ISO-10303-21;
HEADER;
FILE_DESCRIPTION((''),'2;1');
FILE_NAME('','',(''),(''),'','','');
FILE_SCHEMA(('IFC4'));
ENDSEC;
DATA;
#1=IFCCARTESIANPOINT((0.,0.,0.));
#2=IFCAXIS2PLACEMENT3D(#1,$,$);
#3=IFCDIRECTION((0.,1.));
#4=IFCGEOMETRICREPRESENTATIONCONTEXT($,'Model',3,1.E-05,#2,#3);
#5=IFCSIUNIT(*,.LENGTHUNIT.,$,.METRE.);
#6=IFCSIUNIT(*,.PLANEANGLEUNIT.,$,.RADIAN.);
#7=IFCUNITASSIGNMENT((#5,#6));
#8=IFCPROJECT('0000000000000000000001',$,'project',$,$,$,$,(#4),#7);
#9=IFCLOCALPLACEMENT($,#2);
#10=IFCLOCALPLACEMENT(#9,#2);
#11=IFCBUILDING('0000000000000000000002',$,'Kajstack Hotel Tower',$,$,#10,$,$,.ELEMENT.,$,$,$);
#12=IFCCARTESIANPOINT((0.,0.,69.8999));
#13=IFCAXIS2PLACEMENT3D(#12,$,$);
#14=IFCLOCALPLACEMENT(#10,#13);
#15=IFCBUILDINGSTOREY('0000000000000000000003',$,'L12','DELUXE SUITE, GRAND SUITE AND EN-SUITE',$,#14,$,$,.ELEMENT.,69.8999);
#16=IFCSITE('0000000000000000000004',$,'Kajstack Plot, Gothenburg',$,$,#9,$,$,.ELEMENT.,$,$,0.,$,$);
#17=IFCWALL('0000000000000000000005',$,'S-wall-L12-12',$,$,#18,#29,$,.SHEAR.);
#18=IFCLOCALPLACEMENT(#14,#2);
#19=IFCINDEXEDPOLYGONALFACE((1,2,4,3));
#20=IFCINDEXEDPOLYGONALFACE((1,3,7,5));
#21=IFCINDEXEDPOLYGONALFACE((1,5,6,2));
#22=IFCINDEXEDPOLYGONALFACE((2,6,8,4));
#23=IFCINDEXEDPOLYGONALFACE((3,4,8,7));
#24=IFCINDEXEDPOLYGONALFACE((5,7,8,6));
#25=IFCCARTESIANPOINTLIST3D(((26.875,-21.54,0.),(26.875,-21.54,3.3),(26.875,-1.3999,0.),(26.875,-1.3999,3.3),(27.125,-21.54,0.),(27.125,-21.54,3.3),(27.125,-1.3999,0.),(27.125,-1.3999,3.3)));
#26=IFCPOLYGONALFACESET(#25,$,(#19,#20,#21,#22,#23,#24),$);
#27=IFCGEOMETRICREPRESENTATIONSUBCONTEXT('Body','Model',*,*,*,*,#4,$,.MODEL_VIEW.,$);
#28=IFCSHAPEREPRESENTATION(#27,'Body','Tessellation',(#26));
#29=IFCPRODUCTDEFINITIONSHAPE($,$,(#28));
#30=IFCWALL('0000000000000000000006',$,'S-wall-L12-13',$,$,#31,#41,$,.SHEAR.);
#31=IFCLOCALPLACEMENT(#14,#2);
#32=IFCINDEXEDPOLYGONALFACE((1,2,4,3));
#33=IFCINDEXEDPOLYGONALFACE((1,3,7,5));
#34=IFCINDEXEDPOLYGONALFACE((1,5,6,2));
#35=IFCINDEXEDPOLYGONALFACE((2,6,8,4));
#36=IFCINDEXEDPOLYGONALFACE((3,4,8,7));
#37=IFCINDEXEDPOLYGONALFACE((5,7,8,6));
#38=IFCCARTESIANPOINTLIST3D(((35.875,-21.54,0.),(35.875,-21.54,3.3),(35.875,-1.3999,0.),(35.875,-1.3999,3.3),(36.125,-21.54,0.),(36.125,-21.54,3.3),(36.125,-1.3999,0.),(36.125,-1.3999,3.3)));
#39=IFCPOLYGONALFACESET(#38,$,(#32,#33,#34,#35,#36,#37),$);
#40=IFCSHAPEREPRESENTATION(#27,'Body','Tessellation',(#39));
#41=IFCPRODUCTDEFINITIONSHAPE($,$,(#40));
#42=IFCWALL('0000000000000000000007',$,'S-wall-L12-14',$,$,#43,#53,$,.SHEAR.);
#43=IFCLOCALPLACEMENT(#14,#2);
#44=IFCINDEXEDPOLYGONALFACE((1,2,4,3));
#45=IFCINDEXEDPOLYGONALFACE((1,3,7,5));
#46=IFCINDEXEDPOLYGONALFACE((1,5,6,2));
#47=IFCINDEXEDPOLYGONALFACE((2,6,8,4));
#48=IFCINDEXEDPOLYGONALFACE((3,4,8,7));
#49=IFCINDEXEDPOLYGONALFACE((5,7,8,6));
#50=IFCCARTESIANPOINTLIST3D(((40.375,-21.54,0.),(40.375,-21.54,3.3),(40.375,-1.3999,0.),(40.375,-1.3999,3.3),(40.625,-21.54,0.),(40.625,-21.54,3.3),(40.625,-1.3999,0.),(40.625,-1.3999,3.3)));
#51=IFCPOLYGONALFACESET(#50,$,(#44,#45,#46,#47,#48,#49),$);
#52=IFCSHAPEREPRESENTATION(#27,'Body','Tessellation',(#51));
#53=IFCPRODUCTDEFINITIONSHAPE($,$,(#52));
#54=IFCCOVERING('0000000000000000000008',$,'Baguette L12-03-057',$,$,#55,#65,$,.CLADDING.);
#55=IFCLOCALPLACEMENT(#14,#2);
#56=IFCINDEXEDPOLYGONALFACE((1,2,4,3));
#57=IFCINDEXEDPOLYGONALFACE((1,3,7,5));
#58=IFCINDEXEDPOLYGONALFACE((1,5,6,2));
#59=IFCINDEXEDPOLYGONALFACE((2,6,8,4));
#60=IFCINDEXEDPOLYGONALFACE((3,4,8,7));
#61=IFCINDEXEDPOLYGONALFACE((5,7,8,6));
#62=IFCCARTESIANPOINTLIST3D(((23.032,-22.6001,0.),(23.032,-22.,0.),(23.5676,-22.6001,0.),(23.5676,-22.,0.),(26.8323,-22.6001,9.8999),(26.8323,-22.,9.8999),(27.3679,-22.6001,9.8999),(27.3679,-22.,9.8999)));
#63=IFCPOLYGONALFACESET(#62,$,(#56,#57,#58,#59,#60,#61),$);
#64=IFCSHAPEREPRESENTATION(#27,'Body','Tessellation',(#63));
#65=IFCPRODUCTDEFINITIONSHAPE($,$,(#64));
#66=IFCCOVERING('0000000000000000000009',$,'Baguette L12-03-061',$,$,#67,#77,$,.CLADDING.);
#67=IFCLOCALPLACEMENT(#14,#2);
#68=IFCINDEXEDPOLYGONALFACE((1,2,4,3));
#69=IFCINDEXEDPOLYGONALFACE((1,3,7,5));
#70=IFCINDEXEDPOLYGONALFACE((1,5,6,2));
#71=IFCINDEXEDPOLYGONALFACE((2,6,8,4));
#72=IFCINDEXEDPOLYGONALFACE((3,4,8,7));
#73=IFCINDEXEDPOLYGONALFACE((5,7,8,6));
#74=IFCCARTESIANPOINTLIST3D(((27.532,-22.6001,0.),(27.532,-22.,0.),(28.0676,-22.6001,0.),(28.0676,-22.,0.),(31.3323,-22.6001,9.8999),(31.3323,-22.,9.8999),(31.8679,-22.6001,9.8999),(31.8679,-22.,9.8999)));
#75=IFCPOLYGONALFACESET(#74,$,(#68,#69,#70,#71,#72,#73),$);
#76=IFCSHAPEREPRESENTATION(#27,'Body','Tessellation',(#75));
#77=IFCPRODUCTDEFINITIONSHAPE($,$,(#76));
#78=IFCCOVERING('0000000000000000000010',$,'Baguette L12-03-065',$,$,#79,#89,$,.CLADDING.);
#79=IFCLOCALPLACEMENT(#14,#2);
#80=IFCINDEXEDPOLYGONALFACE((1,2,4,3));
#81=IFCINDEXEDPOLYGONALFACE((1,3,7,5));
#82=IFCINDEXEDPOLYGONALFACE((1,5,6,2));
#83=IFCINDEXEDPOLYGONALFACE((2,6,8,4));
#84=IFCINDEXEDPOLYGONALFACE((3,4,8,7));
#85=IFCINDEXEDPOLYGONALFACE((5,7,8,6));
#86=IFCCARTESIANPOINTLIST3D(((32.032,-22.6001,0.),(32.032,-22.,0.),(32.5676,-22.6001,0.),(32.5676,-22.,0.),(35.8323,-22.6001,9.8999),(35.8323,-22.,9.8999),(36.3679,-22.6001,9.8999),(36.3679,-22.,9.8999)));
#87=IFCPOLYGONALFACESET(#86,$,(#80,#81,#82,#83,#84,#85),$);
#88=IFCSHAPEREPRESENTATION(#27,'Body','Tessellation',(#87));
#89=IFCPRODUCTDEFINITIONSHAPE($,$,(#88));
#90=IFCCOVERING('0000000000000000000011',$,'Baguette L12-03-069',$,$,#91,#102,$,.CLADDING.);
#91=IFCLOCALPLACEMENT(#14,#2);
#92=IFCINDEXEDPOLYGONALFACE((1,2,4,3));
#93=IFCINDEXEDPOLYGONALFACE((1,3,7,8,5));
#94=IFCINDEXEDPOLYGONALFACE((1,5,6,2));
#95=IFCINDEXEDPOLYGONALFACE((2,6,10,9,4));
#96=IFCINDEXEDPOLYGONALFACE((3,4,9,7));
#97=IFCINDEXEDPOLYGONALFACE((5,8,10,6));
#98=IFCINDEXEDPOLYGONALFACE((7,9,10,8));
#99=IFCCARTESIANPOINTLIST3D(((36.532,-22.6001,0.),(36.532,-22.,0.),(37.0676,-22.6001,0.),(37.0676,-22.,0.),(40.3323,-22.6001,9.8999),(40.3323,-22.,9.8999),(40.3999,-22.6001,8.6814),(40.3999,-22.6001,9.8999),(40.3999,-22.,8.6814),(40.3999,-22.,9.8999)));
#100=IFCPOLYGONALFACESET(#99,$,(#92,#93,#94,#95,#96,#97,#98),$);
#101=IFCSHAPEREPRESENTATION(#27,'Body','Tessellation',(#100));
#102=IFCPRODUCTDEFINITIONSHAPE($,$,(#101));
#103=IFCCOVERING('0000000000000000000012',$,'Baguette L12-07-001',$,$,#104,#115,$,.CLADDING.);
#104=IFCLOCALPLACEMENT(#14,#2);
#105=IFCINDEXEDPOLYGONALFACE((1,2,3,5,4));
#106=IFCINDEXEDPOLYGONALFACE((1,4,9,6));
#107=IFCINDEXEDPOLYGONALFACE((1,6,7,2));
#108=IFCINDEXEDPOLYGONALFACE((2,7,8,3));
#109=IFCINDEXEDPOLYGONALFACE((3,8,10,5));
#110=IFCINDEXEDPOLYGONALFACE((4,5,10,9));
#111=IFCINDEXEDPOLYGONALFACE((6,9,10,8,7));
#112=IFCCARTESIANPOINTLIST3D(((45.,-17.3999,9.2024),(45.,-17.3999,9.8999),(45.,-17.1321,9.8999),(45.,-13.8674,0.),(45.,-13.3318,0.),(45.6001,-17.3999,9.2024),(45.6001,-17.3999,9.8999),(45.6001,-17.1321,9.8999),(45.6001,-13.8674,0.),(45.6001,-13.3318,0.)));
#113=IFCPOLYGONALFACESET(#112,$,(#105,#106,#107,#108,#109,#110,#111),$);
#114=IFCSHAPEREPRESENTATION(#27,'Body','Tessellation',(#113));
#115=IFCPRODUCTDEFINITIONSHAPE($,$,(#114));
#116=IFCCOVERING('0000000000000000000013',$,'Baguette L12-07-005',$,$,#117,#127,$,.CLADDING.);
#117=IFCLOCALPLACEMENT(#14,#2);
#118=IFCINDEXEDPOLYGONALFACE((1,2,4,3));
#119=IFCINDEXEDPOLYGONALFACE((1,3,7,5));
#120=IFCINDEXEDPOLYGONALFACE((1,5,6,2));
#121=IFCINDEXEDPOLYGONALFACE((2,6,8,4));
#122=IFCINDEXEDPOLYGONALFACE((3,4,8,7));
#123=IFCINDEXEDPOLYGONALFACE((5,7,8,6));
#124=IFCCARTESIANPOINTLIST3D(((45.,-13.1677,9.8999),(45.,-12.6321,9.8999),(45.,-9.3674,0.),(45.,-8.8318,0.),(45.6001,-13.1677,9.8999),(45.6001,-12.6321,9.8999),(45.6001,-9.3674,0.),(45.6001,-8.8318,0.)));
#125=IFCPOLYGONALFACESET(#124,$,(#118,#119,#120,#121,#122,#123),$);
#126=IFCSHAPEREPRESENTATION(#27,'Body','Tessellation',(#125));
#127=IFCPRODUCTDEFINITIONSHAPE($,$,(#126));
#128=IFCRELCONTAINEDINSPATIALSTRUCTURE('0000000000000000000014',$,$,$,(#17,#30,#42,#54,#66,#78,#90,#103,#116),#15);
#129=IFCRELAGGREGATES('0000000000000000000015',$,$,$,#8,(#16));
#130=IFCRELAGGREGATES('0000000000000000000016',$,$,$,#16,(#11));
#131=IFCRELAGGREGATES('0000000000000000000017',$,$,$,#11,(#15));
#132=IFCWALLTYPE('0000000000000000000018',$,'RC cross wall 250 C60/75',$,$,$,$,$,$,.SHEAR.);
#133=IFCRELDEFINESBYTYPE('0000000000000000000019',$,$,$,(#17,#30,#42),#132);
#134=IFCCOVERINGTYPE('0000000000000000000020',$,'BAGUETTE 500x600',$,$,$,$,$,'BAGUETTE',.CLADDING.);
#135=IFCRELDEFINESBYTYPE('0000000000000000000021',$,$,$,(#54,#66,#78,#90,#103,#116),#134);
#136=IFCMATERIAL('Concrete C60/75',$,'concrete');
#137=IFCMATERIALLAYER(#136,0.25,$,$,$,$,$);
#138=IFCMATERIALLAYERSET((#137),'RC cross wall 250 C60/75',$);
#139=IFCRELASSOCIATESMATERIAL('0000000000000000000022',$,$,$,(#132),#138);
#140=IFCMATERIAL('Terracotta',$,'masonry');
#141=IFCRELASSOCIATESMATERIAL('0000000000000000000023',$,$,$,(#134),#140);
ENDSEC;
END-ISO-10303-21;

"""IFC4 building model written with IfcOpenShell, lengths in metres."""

from ifc_helpers import new_model, si_unit, direction, frame, frame_2d, origin, origin_2d, place, context, subcontext, project, spatial, polyline, rectangle, outline, extrude, material, layer, layer_set, material_profile, profile_set, type_object, element, save


model = new_model("IFC4")

# Units and contexts
model_context = context("Model", 3, precision=1e-05, world=origin(), true_north=direction((0.0, 1.0)))
body_context = subcontext(model_context, "Body", "Model", "MODEL_VIEW")
ifc_project = project(units=[si_unit("LENGTHUNIT", "METRE"), si_unit("PLANEANGLEUNIT", "RADIAN")], contexts=[model_context])

# Site, building, storey
site_placement = place(None, origin())
site = spatial("IfcSite", under=ifc_project, at=site_placement, Name="Kajstack Plot, Gothenburg", CompositionType="ELEMENT", RefElevation=0.0)
building_placement = place(site_placement, origin())
building = spatial("IfcBuilding", under=site, at=building_placement, Name="Kajstack Hotel Tower", CompositionType="ELEMENT")
storey_placement = place(building_placement, frame((0.0, 0.0, 69.8999)))
storey = spatial("IfcBuildingStorey", under=building, at=storey_placement, Name="L12", Description="DELUXE SUITE, GRAND SUITE AND EN-SUITE", CompositionType="ELEMENT", Elevation=69.8999)

# Walls
ifc_material_1 = material(Name="Concrete C60/75", Category="concrete")
ifc_layer_1 = layer(ifc_material_1, 0.25)
ifc_layer_set_1 = layer_set([ifc_layer_1], Name="RC cross wall 250 C60/75")
wall_type_1 = type_object("IfcWallType", Name="RC cross wall 250 C60/75", PredefinedType="SHEAR", material=ifc_layer_set_1)
for number, where, z_axis, x_axis, name in (
    (1, (27.0, -21.54, 0.0), (0.0, 0.0, 1.0), (0.0, 1.0, 0.0), "S-wall-L12-12"),
    (2, (36.0, -21.54, 0.0), (0.0, 0.0, 1.0), (0.0, 1.0, 0.0), "S-wall-L12-13"),
    (3, (40.5, -21.54, 0.0), (0.0, 0.0, 1.0), (0.0, 1.0, 0.0), "S-wall-L12-14"),
):
    element("IfcWall", number, at=place(storey_placement, frame(where, z_axis=z_axis, x_axis=x_axis)), inside=storey, type_object=wall_type_1, Name=name, PredefinedType="SHEAR", context=body_context, shape_type="SweptSolid", body=[
        extrude(rectangle(XDim=20.1401, YDim=0.25, at=frame_2d((10.0701, 0.0))), origin(), (0.0, 0.0, 1.0), 3.3),
    ])

# Coverings
ifc_material_2 = material(Name="Terracotta", Category="masonry")
ifc_material_profile = material_profile(ifc_material_2, rectangle(XDim=0.6001, YDim=0.5, at=origin_2d()), Name="Terracotta-clad concrete baguette 500 x 600")
ifc_profile_set = profile_set([ifc_material_profile], Name="Terracotta")
covering_type = type_object("IfcCoveringType", Name="BAGUETTE 500x600", ElementType="BAGUETTE", PredefinedType="CLADDING", material=ifc_profile_set)
for number, where, z_axis, x_axis, name in (
    (4, (23.032, -22.0, 0.0), (0.0, -1.0, 0.0), (1.0, 0.0, 0.0), "Baguette L12-03-057"),
    (5, (27.532, -22.0, 0.0), (0.0, -1.0, 0.0), (1.0, 0.0, 0.0), "Baguette L12-03-061"),
    (6, (32.032, -22.0, 0.0), (0.0, -1.0, 0.0), (1.0, 0.0, 0.0), "Baguette L12-03-065"),
):
    element("IfcCovering", number, at=place(storey_placement, frame(where, z_axis=z_axis, x_axis=x_axis)), inside=storey, type_object=covering_type, Name=name, PredefinedType="CLADDING", context=body_context, shape_type="SweptSolid", body=[
        extrude(outline(polyline([(3.8003, 9.8999), (0.0, 0.0), (0.5356, 0.0), (4.3359, 9.8999), (3.8003, 9.8999)])), origin(), (0.0, 0.0, 1.0), 0.6001),
    ])
covering_1_placement = place(storey_placement, frame((36.532, -22.0, 0.0), z_axis=(0.0, -1.0, 0.0), x_axis=(1.0, 0.0, 0.0)))
element("IfcCovering", 7, at=covering_1_placement, inside=storey, type_object=covering_type, Name="Baguette L12-03-069", PredefinedType="CLADDING", context=body_context, shape_type="SweptSolid", body=[
    extrude(outline(polyline([(0.5356, 0.0), (3.8679, 8.6814), (3.8679, 9.8999), (3.8003, 9.8999), (0.0, 0.0), (0.5356, 0.0)])), origin(), (0.0, 0.0, 1.0), 0.6001),
])
covering_2_placement = place(storey_placement, frame((45.0, -17.3999, 0.0), z_axis=(1.0, 0.0, 0.0), x_axis=(0.0, 1.0, 0.0)))
element("IfcCovering", 8, at=covering_2_placement, inside=storey, type_object=covering_type, Name="Baguette L12-07-001", PredefinedType="CLADDING", context=body_context, shape_type="SweptSolid", body=[
    extrude(outline(polyline([(0.2678, 9.8999), (0.0, 9.8999), (0.0, 9.2024), (3.5325, 0.0), (4.0681, 0.0), (0.2678, 9.8999)])), origin(), (0.0, 0.0, 1.0), 0.6001),
])
covering_3_placement = place(storey_placement, frame((45.0, -13.1677, 0.0), z_axis=(1.0, 0.0, 0.0), x_axis=(0.0, 1.0, 0.0)))
element("IfcCovering", 9, at=covering_3_placement, inside=storey, type_object=covering_type, Name="Baguette L12-07-005", PredefinedType="CLADDING", context=body_context, shape_type="SweptSolid", body=[
    extrude(outline(polyline([(0.0, 9.8999), (3.8003, 0.0), (4.3359, 0.0), (0.5356, 9.8999), (0.0, 9.8999)])), origin(), (0.0, 0.0, 1.0), 0.6001),
])

save(model, "model.ifc")
